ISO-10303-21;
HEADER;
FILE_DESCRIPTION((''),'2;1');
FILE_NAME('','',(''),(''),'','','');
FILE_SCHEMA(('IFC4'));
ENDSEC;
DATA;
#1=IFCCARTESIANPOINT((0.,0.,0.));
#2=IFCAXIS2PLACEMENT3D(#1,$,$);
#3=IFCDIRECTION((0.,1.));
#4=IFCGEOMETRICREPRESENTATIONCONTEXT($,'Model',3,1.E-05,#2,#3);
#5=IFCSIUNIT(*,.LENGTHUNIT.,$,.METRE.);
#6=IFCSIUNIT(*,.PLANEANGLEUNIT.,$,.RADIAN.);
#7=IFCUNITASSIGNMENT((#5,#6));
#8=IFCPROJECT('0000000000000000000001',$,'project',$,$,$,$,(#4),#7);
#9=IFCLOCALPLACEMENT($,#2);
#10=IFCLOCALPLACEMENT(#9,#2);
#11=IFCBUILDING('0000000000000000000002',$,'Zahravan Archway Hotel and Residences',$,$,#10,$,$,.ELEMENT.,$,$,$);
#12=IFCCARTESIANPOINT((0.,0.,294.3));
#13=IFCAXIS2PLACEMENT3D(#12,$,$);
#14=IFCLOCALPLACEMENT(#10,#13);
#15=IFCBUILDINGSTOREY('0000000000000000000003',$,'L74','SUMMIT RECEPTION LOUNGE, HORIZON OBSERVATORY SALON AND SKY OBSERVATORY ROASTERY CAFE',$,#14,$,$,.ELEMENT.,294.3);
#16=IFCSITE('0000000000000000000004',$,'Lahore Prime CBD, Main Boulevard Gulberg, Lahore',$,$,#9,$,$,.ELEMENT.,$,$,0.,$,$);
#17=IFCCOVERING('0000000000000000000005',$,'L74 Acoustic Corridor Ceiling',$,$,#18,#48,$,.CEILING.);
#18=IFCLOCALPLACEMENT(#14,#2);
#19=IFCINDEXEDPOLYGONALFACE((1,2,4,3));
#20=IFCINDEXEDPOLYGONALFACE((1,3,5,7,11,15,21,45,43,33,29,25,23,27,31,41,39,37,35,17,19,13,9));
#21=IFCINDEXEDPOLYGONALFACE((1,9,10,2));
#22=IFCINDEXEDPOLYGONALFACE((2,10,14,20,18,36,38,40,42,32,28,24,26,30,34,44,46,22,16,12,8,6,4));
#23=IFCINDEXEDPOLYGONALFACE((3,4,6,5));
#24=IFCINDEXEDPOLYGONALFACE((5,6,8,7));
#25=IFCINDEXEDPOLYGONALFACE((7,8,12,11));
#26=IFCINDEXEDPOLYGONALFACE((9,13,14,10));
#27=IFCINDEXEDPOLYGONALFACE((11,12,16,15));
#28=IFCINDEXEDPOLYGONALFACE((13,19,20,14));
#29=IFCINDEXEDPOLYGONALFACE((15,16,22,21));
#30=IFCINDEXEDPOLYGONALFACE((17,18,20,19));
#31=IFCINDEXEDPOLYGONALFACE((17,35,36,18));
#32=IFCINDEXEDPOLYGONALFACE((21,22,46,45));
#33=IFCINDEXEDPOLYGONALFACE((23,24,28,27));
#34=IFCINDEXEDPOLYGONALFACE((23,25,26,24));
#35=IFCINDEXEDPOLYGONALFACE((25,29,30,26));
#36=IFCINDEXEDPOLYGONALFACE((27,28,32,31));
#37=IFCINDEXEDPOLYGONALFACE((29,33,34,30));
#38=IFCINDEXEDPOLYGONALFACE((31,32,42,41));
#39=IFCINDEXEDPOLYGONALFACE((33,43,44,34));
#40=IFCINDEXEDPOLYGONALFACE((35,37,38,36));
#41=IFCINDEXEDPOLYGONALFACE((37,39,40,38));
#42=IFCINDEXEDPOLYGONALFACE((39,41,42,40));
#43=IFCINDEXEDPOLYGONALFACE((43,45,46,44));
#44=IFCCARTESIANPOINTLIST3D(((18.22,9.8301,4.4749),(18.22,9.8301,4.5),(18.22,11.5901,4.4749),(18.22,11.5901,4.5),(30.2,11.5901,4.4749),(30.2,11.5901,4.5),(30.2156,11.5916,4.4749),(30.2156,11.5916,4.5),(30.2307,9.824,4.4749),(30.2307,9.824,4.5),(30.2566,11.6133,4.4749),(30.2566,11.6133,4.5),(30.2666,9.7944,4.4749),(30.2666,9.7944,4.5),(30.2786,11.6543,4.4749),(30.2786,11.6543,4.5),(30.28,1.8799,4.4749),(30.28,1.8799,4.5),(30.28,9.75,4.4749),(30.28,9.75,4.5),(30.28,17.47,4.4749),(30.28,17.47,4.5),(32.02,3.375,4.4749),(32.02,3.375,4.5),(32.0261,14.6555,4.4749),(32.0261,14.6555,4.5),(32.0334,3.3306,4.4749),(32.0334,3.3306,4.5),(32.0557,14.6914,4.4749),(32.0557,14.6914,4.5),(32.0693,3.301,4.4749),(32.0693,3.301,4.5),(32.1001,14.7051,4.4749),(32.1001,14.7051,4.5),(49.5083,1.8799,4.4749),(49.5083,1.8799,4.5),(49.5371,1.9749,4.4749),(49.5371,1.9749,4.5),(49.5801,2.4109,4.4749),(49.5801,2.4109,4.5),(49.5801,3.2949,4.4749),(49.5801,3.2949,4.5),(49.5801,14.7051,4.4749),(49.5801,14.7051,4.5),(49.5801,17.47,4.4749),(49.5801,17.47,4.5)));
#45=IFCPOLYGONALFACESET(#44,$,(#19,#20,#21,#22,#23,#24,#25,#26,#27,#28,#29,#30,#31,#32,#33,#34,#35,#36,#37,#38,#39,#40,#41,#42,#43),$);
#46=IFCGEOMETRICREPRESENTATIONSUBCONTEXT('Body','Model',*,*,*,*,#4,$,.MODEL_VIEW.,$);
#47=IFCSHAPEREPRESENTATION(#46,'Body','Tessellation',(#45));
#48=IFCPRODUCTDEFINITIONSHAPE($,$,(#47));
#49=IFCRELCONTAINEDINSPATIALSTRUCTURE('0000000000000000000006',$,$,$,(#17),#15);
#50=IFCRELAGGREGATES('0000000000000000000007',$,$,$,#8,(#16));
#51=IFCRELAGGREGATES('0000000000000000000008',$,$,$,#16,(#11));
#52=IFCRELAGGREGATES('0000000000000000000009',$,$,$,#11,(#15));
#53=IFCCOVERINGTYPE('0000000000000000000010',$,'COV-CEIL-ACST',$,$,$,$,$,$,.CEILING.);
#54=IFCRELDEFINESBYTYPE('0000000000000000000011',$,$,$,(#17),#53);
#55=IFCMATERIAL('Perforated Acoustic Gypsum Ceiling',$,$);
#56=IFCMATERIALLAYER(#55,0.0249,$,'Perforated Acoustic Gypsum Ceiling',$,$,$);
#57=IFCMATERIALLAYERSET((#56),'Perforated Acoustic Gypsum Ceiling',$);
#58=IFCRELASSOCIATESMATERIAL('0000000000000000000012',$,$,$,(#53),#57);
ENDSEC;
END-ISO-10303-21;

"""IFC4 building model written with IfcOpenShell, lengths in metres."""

from ifc_helpers import new_model, si_unit, direction, frame, origin, place, context, subcontext, project, spatial, polyline, outline, extrude, material, layer, layer_set, type_object, element, save


model = new_model("IFC4")

# Units and contexts
model_context = context("Model", 3, precision=1e-05, world=origin(), true_north=direction((0.0, 1.0)))
body_context = subcontext(model_context, "Body", "Model", "MODEL_VIEW")
ifc_project = project(units=[si_unit("LENGTHUNIT", "METRE"), si_unit("PLANEANGLEUNIT", "RADIAN")], contexts=[model_context])

# Site, building, storey
site_placement = place(None, origin())
site = spatial("IfcSite", under=ifc_project, at=site_placement, Name="Lahore Prime CBD, Main Boulevard Gulberg, Lahore", CompositionType="ELEMENT", RefElevation=0.0)
building_placement = place(site_placement, origin())
building = spatial("IfcBuilding", under=site, at=building_placement, Name="Zahravan Archway Hotel and Residences", CompositionType="ELEMENT")
storey_placement = place(building_placement, frame((0.0, 0.0, 294.3)))
storey = spatial("IfcBuildingStorey", under=building, at=storey_placement, Name="L74", Description="SUMMIT RECEPTION LOUNGE, HORIZON OBSERVATORY SALON AND SKY OBSERVATORY ROASTERY CAFE", CompositionType="ELEMENT", Elevation=294.3)

# Covering
ifc_material_1 = material(Name="Perforated Acoustic Gypsum Ceiling")
ifc_layer_1 = layer(ifc_material_1, 0.0249, Name="Perforated Acoustic Gypsum Ceiling")
ifc_layer_set_1 = layer_set([ifc_layer_1], Name="Perforated Acoustic Gypsum Ceiling")
covering_type = type_object("IfcCoveringType", Name="COV-CEIL-ACST", PredefinedType="CEILING", material=ifc_layer_set_1)
covering_placement = place(storey_placement, frame((0.0, 0.0, 4.4749)))
element("IfcCovering", 1, at=covering_placement, inside=storey, type_object=covering_type, Name="L74 Acoustic Corridor Ceiling", PredefinedType="CEILING", context=body_context, shape_type="SweptSolid", body=[
    extrude(outline(polyline([(30.2156, 11.5916), (30.2566, 11.6133), (30.2786, 11.6543), (30.28, 17.47), (49.5801, 17.47), (49.5801, 14.7051), (32.1001, 14.7051), (32.0557, 14.6914), (32.0261, 14.6555), (32.02, 3.375), (32.0334, 3.3306), (32.0693, 3.301), (49.5801, 3.2949), (49.5801, 2.4109), (49.5371, 1.9749), (49.5083, 1.8799), (30.28, 1.8799), (30.28, 9.75), (30.2666, 9.7944), (30.2307, 9.824), (18.22, 9.8301), (18.22, 11.5901), (30.2, 11.5901), (30.2156, 11.5916)])), origin(), (0.0, 0.0, 1.0), 0.0251),
])

save(model, "model.ifc")
